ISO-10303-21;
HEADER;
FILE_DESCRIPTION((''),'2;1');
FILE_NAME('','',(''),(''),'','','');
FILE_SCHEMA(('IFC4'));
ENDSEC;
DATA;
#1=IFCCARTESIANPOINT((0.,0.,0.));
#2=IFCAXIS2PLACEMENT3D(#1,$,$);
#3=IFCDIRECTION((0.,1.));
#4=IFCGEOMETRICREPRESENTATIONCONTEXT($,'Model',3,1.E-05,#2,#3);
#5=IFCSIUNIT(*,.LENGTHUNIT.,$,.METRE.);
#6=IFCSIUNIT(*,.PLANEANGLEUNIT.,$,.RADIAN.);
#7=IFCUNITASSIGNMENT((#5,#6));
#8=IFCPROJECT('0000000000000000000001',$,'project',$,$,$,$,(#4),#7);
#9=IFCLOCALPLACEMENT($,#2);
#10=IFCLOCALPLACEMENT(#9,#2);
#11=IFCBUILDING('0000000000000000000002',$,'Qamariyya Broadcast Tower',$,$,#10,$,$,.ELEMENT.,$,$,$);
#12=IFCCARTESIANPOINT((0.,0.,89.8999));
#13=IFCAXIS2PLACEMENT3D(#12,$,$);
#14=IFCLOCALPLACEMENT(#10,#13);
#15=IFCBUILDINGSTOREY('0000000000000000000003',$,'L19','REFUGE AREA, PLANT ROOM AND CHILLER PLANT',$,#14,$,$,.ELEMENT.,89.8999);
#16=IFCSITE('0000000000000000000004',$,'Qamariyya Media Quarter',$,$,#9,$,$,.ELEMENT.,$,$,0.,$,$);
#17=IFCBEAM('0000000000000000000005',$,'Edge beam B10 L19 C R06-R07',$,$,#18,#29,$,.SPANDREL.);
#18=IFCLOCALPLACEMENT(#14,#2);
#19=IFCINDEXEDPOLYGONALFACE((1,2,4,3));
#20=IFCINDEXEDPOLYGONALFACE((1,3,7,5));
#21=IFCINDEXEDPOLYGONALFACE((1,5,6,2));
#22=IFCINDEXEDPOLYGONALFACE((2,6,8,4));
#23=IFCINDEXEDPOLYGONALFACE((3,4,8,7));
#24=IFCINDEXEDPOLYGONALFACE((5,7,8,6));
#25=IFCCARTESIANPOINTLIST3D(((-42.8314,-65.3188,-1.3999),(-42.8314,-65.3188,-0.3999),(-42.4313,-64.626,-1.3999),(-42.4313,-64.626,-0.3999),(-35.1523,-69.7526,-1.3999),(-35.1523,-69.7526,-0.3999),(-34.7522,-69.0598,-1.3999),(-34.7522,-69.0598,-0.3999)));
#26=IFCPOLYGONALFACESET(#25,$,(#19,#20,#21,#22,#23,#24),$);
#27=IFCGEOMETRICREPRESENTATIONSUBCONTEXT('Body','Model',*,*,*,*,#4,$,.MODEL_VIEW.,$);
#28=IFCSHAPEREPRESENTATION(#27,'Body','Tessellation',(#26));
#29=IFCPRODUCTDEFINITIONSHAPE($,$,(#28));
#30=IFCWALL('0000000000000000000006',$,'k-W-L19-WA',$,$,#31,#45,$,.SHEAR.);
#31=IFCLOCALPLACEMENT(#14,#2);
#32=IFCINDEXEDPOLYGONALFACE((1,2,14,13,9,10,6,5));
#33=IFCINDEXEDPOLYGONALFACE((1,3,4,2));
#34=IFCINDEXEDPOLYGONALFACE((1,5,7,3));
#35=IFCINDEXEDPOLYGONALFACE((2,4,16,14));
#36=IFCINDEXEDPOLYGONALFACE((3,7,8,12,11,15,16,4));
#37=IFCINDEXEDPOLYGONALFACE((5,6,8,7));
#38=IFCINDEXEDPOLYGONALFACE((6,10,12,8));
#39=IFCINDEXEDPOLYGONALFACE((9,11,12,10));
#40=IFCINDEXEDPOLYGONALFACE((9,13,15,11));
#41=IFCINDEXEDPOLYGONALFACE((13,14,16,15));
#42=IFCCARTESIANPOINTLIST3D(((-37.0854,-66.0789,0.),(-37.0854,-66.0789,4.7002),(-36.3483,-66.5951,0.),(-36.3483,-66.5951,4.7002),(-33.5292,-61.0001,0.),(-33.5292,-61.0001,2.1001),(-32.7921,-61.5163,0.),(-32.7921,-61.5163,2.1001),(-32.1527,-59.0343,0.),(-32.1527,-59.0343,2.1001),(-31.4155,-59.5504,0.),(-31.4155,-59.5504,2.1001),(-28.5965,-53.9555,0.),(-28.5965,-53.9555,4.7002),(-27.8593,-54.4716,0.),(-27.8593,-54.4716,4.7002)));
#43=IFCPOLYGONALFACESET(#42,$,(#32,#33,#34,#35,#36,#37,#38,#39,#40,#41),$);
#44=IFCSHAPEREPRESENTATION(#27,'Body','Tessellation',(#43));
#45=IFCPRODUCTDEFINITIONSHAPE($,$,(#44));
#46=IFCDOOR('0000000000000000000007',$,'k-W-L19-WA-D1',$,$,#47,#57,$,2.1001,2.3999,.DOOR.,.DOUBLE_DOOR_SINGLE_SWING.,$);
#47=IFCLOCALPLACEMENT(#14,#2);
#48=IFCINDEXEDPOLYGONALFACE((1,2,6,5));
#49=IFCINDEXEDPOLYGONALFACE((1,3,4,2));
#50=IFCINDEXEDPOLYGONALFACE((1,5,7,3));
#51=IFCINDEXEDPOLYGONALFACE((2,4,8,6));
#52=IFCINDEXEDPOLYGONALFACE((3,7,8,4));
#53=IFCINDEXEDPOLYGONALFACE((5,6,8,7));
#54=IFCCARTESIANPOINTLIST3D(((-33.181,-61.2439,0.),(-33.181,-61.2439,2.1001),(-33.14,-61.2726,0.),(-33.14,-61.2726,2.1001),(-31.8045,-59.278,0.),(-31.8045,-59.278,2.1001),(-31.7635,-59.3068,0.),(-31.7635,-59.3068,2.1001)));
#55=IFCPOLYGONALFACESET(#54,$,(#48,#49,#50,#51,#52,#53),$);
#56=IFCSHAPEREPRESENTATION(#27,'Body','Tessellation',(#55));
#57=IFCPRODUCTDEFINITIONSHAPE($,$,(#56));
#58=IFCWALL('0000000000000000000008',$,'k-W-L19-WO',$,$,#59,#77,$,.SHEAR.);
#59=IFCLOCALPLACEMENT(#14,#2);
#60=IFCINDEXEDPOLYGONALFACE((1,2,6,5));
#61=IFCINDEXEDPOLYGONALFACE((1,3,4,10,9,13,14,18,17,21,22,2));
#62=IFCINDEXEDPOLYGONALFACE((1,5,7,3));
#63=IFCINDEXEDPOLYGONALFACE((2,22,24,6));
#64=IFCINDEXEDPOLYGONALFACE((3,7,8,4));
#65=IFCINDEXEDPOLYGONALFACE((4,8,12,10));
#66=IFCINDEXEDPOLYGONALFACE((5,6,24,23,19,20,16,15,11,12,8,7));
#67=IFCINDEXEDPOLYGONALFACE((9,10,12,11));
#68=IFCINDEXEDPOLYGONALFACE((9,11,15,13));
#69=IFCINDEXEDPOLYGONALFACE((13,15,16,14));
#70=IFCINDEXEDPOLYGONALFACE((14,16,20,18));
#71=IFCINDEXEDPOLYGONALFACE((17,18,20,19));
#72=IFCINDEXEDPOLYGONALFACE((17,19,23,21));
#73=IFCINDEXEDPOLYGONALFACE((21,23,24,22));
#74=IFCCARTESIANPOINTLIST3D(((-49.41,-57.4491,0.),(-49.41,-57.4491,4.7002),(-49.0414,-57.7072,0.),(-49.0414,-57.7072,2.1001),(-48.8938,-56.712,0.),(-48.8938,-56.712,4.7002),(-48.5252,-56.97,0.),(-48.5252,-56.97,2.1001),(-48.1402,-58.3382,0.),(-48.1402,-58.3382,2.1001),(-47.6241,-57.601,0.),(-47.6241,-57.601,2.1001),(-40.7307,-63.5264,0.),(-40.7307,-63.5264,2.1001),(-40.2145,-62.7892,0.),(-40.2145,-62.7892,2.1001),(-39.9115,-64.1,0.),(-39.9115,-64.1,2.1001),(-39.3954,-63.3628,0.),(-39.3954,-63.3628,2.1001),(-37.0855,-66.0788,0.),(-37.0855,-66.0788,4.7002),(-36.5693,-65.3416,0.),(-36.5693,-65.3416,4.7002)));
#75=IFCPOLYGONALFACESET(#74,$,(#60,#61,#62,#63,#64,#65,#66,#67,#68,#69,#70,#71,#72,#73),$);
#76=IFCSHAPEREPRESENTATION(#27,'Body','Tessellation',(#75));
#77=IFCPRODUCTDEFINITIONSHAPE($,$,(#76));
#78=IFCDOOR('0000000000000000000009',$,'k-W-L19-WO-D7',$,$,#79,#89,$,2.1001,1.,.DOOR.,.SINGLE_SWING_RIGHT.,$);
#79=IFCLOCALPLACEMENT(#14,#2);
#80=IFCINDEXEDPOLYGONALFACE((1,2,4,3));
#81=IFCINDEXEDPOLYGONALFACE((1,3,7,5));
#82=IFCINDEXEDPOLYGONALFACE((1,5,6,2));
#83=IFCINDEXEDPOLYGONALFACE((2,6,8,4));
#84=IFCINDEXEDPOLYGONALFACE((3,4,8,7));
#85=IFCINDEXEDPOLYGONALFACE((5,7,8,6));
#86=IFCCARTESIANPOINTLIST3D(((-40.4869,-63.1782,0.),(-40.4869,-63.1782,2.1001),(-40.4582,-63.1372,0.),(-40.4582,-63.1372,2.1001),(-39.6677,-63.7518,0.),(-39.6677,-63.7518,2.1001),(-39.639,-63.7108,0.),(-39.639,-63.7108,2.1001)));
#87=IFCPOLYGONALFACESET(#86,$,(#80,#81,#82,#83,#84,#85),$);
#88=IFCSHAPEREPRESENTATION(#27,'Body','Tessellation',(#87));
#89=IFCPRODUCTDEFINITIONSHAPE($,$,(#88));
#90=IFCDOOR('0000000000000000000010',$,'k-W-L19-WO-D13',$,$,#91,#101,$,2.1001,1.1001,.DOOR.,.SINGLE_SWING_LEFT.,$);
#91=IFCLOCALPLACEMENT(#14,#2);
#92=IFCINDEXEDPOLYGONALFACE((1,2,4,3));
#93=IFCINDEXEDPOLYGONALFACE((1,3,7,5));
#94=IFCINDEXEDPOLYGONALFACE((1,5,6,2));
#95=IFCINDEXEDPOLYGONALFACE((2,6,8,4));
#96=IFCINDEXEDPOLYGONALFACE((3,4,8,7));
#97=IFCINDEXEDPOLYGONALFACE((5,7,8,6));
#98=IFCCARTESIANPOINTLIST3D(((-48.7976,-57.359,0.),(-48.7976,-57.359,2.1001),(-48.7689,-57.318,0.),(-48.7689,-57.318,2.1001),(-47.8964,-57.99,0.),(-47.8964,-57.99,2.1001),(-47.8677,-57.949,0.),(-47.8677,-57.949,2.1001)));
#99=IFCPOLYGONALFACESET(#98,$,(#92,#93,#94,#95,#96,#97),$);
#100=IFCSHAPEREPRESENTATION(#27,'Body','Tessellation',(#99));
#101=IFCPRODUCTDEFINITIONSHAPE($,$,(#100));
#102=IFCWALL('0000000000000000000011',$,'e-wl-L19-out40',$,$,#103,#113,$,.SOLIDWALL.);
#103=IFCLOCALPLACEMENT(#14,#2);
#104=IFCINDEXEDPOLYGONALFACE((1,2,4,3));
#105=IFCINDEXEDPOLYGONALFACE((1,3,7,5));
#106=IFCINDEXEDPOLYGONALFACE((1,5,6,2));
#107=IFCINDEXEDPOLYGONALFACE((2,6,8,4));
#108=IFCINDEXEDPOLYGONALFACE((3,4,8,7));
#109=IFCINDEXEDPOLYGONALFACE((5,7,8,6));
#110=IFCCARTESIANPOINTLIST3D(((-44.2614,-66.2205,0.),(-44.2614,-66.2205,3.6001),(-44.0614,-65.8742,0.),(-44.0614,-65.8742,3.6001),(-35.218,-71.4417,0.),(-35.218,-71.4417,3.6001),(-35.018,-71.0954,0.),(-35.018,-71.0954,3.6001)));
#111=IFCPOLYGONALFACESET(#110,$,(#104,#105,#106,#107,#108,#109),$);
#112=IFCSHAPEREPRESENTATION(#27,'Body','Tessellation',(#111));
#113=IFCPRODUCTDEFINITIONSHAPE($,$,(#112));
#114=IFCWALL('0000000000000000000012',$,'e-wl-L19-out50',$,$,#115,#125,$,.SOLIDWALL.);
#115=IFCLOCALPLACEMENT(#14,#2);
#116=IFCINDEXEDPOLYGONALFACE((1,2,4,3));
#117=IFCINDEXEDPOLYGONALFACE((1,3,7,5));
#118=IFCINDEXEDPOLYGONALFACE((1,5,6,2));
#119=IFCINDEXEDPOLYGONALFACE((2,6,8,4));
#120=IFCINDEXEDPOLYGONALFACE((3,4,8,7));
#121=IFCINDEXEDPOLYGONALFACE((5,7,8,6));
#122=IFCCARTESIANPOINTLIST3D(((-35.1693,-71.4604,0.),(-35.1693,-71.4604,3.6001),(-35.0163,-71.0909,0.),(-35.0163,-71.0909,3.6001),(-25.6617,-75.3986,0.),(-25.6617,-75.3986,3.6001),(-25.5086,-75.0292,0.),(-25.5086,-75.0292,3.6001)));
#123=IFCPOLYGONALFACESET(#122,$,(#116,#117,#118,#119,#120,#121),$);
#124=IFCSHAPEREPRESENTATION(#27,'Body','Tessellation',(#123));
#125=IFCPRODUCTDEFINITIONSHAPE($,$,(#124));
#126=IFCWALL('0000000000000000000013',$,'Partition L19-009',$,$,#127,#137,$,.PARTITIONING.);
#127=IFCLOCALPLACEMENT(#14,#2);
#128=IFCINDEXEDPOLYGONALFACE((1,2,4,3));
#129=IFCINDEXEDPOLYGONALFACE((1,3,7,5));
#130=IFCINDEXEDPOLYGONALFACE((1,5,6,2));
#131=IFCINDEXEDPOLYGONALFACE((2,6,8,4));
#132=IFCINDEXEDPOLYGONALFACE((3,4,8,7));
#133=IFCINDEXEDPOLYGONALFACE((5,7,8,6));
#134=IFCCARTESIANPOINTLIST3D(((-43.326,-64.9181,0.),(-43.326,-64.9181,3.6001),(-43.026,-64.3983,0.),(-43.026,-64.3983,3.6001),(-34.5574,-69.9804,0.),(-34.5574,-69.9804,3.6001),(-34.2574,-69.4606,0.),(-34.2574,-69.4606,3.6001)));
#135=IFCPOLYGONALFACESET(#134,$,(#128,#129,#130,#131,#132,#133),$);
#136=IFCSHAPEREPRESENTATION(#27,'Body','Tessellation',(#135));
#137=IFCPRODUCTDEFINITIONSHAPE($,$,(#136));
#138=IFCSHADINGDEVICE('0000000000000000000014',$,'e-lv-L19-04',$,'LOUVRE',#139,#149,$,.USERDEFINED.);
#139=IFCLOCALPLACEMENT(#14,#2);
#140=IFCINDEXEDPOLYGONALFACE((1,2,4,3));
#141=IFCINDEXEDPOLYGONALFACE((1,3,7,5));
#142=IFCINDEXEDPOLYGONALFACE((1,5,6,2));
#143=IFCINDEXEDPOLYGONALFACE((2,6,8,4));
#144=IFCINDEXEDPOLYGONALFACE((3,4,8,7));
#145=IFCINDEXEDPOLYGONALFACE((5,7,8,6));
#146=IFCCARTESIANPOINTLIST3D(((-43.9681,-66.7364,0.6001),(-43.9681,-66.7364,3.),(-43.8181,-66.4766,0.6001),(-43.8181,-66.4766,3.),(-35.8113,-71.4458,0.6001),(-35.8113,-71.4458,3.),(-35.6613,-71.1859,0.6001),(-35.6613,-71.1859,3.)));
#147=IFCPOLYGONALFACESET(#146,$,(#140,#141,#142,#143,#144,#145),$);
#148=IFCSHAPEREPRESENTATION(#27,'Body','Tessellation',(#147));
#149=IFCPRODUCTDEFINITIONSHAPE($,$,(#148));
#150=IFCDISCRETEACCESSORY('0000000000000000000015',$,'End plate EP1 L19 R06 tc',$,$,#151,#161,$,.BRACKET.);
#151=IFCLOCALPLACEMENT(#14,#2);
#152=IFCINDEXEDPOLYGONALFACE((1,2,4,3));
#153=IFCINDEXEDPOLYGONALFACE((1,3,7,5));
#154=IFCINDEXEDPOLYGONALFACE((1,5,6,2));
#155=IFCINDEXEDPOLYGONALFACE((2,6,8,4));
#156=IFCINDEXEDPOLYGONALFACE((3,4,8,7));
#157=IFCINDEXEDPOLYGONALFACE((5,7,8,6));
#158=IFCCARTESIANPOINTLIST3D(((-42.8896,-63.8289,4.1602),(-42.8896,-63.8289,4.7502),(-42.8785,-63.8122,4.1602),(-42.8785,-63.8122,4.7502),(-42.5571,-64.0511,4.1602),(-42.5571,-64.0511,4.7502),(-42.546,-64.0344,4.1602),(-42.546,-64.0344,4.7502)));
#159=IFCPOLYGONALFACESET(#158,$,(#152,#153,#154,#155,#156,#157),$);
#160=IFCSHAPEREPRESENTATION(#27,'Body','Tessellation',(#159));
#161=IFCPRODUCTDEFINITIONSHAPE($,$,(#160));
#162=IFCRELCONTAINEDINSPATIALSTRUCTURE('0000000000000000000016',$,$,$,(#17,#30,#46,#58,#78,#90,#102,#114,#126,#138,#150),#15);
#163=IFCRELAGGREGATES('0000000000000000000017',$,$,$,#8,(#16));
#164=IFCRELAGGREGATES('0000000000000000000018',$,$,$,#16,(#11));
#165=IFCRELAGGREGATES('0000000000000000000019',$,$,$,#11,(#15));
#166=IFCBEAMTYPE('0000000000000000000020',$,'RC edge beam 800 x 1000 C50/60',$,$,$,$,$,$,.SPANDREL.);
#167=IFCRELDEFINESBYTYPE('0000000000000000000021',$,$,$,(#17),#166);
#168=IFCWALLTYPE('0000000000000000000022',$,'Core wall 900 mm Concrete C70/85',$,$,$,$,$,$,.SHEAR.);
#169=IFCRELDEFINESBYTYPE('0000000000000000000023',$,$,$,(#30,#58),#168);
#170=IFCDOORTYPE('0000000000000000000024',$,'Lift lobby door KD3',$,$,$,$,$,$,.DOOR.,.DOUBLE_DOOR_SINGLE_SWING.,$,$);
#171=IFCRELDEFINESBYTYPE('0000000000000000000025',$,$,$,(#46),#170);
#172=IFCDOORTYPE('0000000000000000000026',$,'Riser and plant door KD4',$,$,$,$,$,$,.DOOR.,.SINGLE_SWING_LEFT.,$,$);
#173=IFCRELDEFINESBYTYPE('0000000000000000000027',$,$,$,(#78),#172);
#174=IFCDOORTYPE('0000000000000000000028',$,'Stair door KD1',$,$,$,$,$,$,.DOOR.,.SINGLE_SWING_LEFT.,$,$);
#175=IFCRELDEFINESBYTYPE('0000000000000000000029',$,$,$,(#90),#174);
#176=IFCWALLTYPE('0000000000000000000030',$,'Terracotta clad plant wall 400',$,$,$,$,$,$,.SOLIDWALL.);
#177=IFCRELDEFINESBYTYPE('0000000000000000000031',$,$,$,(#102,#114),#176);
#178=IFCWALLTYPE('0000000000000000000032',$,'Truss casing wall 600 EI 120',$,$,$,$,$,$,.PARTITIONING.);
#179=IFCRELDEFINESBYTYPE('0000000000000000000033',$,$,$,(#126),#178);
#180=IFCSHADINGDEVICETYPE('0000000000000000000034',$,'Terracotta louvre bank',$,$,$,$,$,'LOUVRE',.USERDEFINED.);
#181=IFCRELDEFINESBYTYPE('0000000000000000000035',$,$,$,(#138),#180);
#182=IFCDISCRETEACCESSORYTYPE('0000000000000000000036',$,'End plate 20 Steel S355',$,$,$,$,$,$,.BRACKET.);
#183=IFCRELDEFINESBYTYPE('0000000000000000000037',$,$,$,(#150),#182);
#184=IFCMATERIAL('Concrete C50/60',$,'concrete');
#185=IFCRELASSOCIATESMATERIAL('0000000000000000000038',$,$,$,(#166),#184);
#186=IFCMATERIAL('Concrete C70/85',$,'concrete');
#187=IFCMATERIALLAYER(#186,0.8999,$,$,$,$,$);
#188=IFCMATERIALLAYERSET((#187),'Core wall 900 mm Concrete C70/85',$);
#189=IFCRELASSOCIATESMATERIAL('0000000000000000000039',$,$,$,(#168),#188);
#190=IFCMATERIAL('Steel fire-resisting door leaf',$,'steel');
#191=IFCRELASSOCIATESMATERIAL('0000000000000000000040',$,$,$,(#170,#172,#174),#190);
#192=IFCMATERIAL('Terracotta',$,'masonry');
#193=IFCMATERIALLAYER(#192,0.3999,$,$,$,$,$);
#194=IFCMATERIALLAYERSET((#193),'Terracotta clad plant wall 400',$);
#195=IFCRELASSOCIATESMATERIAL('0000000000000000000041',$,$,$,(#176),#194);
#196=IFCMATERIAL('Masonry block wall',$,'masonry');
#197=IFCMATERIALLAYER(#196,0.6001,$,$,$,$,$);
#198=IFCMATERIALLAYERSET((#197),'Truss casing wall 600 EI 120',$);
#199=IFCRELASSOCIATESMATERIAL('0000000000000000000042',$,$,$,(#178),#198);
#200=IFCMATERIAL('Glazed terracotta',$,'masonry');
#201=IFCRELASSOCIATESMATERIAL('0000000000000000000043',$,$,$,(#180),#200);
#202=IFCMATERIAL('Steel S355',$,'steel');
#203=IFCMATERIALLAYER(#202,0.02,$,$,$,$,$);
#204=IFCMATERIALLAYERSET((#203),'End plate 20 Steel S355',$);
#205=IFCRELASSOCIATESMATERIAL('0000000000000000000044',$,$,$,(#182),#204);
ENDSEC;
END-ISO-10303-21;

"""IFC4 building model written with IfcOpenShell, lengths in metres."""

from ifc_helpers import new_model, si_unit, direction, frame, frame_2d, origin, origin_2d, place, context, subcontext, project, spatial, rectangle, extrude, material, layer, layer_set, material_profile, profile_set, type_object, element, fill, save


model = new_model("IFC4")

# Units and contexts
model_context = context("Model", 3, precision=1e-05, world=origin(), true_north=direction((0.0, 1.0)))
body_context = subcontext(model_context, "Body", "Model", "MODEL_VIEW")
ifc_project = project(units=[si_unit("LENGTHUNIT", "METRE"), si_unit("PLANEANGLEUNIT", "RADIAN")], contexts=[model_context])

# Site, building, storey
site_placement = place(None, origin())
site = spatial("IfcSite", under=ifc_project, at=site_placement, Name="Qamariyya Media Quarter", CompositionType="ELEMENT", RefElevation=0.0)
building_placement = place(site_placement, origin())
building = spatial("IfcBuilding", under=site, at=building_placement, Name="Qamariyya Broadcast Tower", CompositionType="ELEMENT")
storey_placement = place(building_placement, frame((0.0, 0.0, 89.8999)))
storey = spatial("IfcBuildingStorey", under=building, at=storey_placement, Name="L19", Description="REFUGE AREA, PLANT ROOM AND CHILLER PLANT", CompositionType="ELEMENT", Elevation=89.8999)

# Shared definitions
ifc_material_1 = material(Name="Concrete C70/85", Category="concrete")

# Shared definitions
ifc_material_2 = material(Name="Steel S355", Category="steel")

# Beam
ifc_material_3 = material(Name="Concrete C50/60", Category="concrete")
ifc_material_profile_1 = material_profile(ifc_material_3, rectangle(XDim=0.8, YDim=1.0, at=origin_2d()))
ifc_profile_set_1 = profile_set([ifc_material_profile_1], Name="Concrete C50/60")
beam_type = type_object("IfcBeamType", Name="RC edge beam 800 x 1000 C50/60", PredefinedType="SPANDREL", material=ifc_profile_set_1)
beam_placement = place(storey_placement, frame((-42.6313, -64.9724, -0.8999), z_axis=(0.866013, -0.500021, 0.0), x_axis=(0.500021, 0.866013, 0.0)))
element("IfcBeam", 1, at=beam_placement, inside=storey, type_object=beam_type, Name="Edge beam B10 L19 C R06-R07", PredefinedType="SPANDREL", context=body_context, shape_type="SweptSolid", body=[
    extrude(rectangle(XDim=0.8, YDim=1.0, at=origin_2d()), origin(), (0.0, 0.0, 1.0), 8.8672),
])

# Wall, opening, door
ifc_layer_1 = layer(ifc_material_1, 0.8999)
ifc_layer_set_1 = layer_set([ifc_layer_1], Name="Core wall 900 mm Concrete C70/85")
wall_type_1 = type_object("IfcWallType", Name="Core wall 900 mm Concrete C70/85", PredefinedType="SHEAR", material=ifc_layer_set_1)
wall_1_placement = place(storey_placement, frame((-36.7168, -66.3369, 0.0), z_axis=(0.0, 0.0, 1.0), x_axis=(0.573577, 0.819151, 0.0)))
wall_1 = element("IfcWall", 2, at=wall_1_placement, inside=storey, type_object=wall_type_1, Name="k-W-L19-WA", PredefinedType="SHEAR", context=body_context, shape_type="SweptSolid", body=[
    extrude(rectangle(XDim=14.8, YDim=0.8999, at=frame_2d((7.3999, 0.0))), origin(), (0.0, 0.0, 1.0), 4.7002),
])
opening_1_placement = place(wall_1_placement, frame((6.2, 0.0, 0.0)))
opening_1 = element("IfcOpeningElement", 3, at=opening_1_placement, cuts=wall_1, PredefinedType="OPENING", context=body_context, shape_type="SweptSolid", body=[
    extrude(rectangle(XDim=2.3999, YDim=2.1001, at=frame_2d((1.2, 1.05))), frame((0.0, 0.46, 0.0), z_axis=(0.0, -1.0, 0.0), x_axis=(1.0, 0.0, 0.0)), (0.0, 0.0, 1.0), 0.9199),
])
ifc_material_4 = material(Name="Steel fire-resisting door leaf", Category="steel")
door_type_1 = type_object("IfcDoorType", Name="Lift lobby door KD3", OperationType="DOUBLE_DOOR_SINGLE_SWING", PredefinedType="DOOR", material=ifc_material_4)
door_1_placement = place(opening_1_placement, origin())
door_1 = element("IfcDoor", 4, at=door_1_placement, inside=storey, type_object=door_type_1, Name="k-W-L19-WA-D1", OperationType="DOUBLE_DOOR_SINGLE_SWING", OverallHeight=2.1001, OverallWidth=2.3999, PredefinedType="DOOR", context=body_context, shape_type="SweptSolid", body=[
    extrude(rectangle(XDim=2.3999, YDim=2.1001, at=frame_2d((1.2, 1.05))), frame((0.0, 0.0249, 0.0), z_axis=(0.0, -1.0, 0.0), x_axis=(1.0, 0.0, 0.0)), (0.0, 0.0, 1.0), 0.05),
])
fill(opening_1, door_1)

# Wall, openings, doors
wall_2_placement = place(storey_placement, frame((-36.8274, -65.7102, 0.0), z_axis=(0.0, 0.0, 1.0), x_axis=(-0.819153, 0.573575, 0.0)))
wall_2 = element("IfcWall", 5, at=wall_2_placement, inside=storey, type_object=wall_type_1, Name="k-W-L19-WO", PredefinedType="SHEAR", context=body_context, shape_type="SweptSolid", body=[
    extrude(rectangle(XDim=15.0454, YDim=0.8999, at=frame_2d((7.5227, 0.0))), origin(), (0.0, 0.0, 1.0), 4.7002),
])
opening_2_placement = place(wall_2_placement, frame((3.45, 0.0, 0.0)))
opening_2 = element("IfcOpeningElement", 6, at=opening_2_placement, cuts=wall_2, PredefinedType="OPENING", context=body_context, shape_type="SweptSolid", body=[
    extrude(rectangle(XDim=1.0, YDim=2.1001, at=frame_2d((0.5, 1.05))), frame((0.0, 0.46, 0.0), z_axis=(0.0, -1.0, 0.0), x_axis=(1.0, 0.0, 0.0)), (0.0, 0.0, 1.0), 0.9199),
])
opening_3_placement = place(wall_2_placement, frame((13.4954, 0.0, 0.0)))
opening_3 = element("IfcOpeningElement", 7, at=opening_3_placement, cuts=wall_2, PredefinedType="OPENING", context=body_context, shape_type="SweptSolid", body=[
    extrude(rectangle(XDim=1.1001, YDim=2.1001, at=frame_2d((0.55, 1.05))), frame((0.0, 0.46, 0.0), z_axis=(0.0, -1.0, 0.0), x_axis=(1.0, 0.0, 0.0)), (0.0, 0.0, 1.0), 0.9199),
])
door_type_2 = type_object("IfcDoorType", Name="Riser and plant door KD4", OperationType="SINGLE_SWING_LEFT", PredefinedType="DOOR", material=ifc_material_4)
door_2_placement = place(opening_2_placement, origin())
door_2 = element("IfcDoor", 8, at=door_2_placement, inside=storey, type_object=door_type_2, Name="k-W-L19-WO-D7", OperationType="SINGLE_SWING_RIGHT", OverallHeight=2.1001, OverallWidth=1.0, PredefinedType="DOOR", context=body_context, shape_type="SweptSolid", body=[
    extrude(rectangle(XDim=1.0, YDim=2.1001, at=frame_2d((0.5, 1.05))), frame((0.0, 0.0249, 0.0), z_axis=(0.0, -1.0, 0.0), x_axis=(1.0, 0.0, 0.0)), (0.0, 0.0, 1.0), 0.05),
])
fill(opening_2, door_2)
door_type_3 = type_object("IfcDoorType", Name="Stair door KD1", OperationType="SINGLE_SWING_LEFT", PredefinedType="DOOR", material=ifc_material_4)
door_3_placement = place(opening_3_placement, origin())
door_3 = element("IfcDoor", 9, at=door_3_placement, inside=storey, type_object=door_type_3, Name="k-W-L19-WO-D13", OperationType="SINGLE_SWING_LEFT", OverallHeight=2.1001, OverallWidth=1.1001, PredefinedType="DOOR", context=body_context, shape_type="SweptSolid", body=[
    extrude(rectangle(XDim=1.1001, YDim=2.1001, at=frame_2d((0.55, 1.05))), frame((0.0, 0.0249, 0.0), z_axis=(0.0, -1.0, 0.0), x_axis=(1.0, 0.0, 0.0)), (0.0, 0.0, 1.0), 0.05),
])
fill(opening_3, door_3)

# Walls
ifc_material_5 = material(Name="Terracotta", Category="masonry")
ifc_layer_2 = layer(ifc_material_5, 0.3999)
ifc_layer_set_2 = layer_set([ifc_layer_2], Name="Terracotta clad plant wall 400")
wall_type_2 = type_object("IfcWallType", Name="Terracotta clad plant wall 400", PredefinedType="SOLIDWALL", material=ifc_layer_set_2)
wall_3_placement = place(storey_placement, frame((-44.1614, -66.0474, 0.0), z_axis=(0.0, 0.0, 1.0), x_axis=(0.866028, -0.499996, 0.0)))
element("IfcWall", 10, at=wall_3_placement, inside=storey, type_object=wall_type_2, Name="e-wl-L19-out40", PredefinedType="SOLIDWALL", context=body_context, shape_type="SweptSolid", body=[
    extrude(rectangle(XDim=10.4424, YDim=0.3999, at=frame_2d((5.2212, 0.0))), origin(), (0.0, 0.0, 1.0), 3.6001),
])
wall_4_placement = place(storey_placement, frame((-35.0928, -71.2756, 0.0), z_axis=(0.0, 0.0, 1.0), x_axis=(0.923877, -0.382689, 0.0)))
element("IfcWall", 11, at=wall_4_placement, inside=storey, type_object=wall_type_2, Name="e-wl-L19-out50", PredefinedType="SOLIDWALL", context=body_context, shape_type="SweptSolid", body=[
    extrude(rectangle(XDim=10.291, YDim=0.3999, at=frame_2d((5.1455, 0.0))), origin(), (0.0, 0.0, 1.0), 3.6001),
])
ifc_material_6 = material(Name="Masonry block wall", Category="masonry")
ifc_layer_3 = layer(ifc_material_6, 0.6001)
ifc_layer_set_3 = layer_set([ifc_layer_3], Name="Truss casing wall 600 EI 120")
wall_type_3 = type_object("IfcWallType", Name="Truss casing wall 600 EI 120", PredefinedType="PARTITIONING", material=ifc_layer_set_3)
wall_5_placement = place(storey_placement, frame((-43.176, -64.6582, 0.0), z_axis=(0.0, 0.0, 1.0), x_axis=(0.866037, -0.49998, 0.0)))
element("IfcWall", 12, at=wall_5_placement, inside=storey, type_object=wall_type_3, Name="Partition L19-009", PredefinedType="PARTITIONING", context=body_context, shape_type="SweptSolid", body=[
    extrude(rectangle(XDim=10.125, YDim=0.6001, at=frame_2d((5.0625, 0.0))), origin(), (0.0, 0.0, 1.0), 3.6001),
])

# Shading device
ifc_material_7 = material(Name="Glazed terracotta", Category="masonry")
shading_device_type = type_object("IfcShadingDeviceType", Name="Terracotta louvre bank", ElementType="LOUVRE", PredefinedType="USERDEFINED", material=ifc_material_7)
shading_device_placement = place(storey_placement, frame((-39.8147, -68.9612, 0.6001), z_axis=(0.0, 0.0, 1.0), x_axis=(0.866025, -0.5, 0.0)))
element("IfcShadingDevice", 13, at=shading_device_placement, inside=storey, type_object=shading_device_type, Name="e-lv-L19-04", ObjectType="LOUVRE", PredefinedType="USERDEFINED", context=body_context, shape_type="SweptSolid", body=[
    extrude(rectangle(XDim=9.4187, YDim=0.3, at=origin_2d()), origin(), (0.0, 0.0, 1.0), 2.3999),
])

# Discrete accessory
ifc_layer_4 = layer(ifc_material_2, 0.02)
ifc_layer_set_4 = layer_set([ifc_layer_4], Name="End plate 20 Steel S355")
discrete_accessory_type = type_object("IfcDiscreteAccessoryType", Name="End plate 20 Steel S355", PredefinedType="BRACKET", material=ifc_layer_set_4)
for number, where, z_axis, x_axis, name in (
    (14, (-42.7178, -63.9316, 4.1602), (0.0, 0.0, 1.0), (-0.83147, 0.55557, 0.0), "End plate EP1 L19 R06 tc"),
):
    element("IfcDiscreteAccessory", number, at=place(storey_placement, frame(where, z_axis=z_axis, x_axis=x_axis)), inside=storey, type_object=discrete_accessory_type, Name=name, PredefinedType="BRACKET", context=body_context, shape_type="SweptSolid", body=[
        extrude(rectangle(XDim=0.3999, YDim=0.02, at=origin_2d()), origin(), (0.0, 0.0, 1.0), 0.5901),
    ])

save(model, "model.ifc")
